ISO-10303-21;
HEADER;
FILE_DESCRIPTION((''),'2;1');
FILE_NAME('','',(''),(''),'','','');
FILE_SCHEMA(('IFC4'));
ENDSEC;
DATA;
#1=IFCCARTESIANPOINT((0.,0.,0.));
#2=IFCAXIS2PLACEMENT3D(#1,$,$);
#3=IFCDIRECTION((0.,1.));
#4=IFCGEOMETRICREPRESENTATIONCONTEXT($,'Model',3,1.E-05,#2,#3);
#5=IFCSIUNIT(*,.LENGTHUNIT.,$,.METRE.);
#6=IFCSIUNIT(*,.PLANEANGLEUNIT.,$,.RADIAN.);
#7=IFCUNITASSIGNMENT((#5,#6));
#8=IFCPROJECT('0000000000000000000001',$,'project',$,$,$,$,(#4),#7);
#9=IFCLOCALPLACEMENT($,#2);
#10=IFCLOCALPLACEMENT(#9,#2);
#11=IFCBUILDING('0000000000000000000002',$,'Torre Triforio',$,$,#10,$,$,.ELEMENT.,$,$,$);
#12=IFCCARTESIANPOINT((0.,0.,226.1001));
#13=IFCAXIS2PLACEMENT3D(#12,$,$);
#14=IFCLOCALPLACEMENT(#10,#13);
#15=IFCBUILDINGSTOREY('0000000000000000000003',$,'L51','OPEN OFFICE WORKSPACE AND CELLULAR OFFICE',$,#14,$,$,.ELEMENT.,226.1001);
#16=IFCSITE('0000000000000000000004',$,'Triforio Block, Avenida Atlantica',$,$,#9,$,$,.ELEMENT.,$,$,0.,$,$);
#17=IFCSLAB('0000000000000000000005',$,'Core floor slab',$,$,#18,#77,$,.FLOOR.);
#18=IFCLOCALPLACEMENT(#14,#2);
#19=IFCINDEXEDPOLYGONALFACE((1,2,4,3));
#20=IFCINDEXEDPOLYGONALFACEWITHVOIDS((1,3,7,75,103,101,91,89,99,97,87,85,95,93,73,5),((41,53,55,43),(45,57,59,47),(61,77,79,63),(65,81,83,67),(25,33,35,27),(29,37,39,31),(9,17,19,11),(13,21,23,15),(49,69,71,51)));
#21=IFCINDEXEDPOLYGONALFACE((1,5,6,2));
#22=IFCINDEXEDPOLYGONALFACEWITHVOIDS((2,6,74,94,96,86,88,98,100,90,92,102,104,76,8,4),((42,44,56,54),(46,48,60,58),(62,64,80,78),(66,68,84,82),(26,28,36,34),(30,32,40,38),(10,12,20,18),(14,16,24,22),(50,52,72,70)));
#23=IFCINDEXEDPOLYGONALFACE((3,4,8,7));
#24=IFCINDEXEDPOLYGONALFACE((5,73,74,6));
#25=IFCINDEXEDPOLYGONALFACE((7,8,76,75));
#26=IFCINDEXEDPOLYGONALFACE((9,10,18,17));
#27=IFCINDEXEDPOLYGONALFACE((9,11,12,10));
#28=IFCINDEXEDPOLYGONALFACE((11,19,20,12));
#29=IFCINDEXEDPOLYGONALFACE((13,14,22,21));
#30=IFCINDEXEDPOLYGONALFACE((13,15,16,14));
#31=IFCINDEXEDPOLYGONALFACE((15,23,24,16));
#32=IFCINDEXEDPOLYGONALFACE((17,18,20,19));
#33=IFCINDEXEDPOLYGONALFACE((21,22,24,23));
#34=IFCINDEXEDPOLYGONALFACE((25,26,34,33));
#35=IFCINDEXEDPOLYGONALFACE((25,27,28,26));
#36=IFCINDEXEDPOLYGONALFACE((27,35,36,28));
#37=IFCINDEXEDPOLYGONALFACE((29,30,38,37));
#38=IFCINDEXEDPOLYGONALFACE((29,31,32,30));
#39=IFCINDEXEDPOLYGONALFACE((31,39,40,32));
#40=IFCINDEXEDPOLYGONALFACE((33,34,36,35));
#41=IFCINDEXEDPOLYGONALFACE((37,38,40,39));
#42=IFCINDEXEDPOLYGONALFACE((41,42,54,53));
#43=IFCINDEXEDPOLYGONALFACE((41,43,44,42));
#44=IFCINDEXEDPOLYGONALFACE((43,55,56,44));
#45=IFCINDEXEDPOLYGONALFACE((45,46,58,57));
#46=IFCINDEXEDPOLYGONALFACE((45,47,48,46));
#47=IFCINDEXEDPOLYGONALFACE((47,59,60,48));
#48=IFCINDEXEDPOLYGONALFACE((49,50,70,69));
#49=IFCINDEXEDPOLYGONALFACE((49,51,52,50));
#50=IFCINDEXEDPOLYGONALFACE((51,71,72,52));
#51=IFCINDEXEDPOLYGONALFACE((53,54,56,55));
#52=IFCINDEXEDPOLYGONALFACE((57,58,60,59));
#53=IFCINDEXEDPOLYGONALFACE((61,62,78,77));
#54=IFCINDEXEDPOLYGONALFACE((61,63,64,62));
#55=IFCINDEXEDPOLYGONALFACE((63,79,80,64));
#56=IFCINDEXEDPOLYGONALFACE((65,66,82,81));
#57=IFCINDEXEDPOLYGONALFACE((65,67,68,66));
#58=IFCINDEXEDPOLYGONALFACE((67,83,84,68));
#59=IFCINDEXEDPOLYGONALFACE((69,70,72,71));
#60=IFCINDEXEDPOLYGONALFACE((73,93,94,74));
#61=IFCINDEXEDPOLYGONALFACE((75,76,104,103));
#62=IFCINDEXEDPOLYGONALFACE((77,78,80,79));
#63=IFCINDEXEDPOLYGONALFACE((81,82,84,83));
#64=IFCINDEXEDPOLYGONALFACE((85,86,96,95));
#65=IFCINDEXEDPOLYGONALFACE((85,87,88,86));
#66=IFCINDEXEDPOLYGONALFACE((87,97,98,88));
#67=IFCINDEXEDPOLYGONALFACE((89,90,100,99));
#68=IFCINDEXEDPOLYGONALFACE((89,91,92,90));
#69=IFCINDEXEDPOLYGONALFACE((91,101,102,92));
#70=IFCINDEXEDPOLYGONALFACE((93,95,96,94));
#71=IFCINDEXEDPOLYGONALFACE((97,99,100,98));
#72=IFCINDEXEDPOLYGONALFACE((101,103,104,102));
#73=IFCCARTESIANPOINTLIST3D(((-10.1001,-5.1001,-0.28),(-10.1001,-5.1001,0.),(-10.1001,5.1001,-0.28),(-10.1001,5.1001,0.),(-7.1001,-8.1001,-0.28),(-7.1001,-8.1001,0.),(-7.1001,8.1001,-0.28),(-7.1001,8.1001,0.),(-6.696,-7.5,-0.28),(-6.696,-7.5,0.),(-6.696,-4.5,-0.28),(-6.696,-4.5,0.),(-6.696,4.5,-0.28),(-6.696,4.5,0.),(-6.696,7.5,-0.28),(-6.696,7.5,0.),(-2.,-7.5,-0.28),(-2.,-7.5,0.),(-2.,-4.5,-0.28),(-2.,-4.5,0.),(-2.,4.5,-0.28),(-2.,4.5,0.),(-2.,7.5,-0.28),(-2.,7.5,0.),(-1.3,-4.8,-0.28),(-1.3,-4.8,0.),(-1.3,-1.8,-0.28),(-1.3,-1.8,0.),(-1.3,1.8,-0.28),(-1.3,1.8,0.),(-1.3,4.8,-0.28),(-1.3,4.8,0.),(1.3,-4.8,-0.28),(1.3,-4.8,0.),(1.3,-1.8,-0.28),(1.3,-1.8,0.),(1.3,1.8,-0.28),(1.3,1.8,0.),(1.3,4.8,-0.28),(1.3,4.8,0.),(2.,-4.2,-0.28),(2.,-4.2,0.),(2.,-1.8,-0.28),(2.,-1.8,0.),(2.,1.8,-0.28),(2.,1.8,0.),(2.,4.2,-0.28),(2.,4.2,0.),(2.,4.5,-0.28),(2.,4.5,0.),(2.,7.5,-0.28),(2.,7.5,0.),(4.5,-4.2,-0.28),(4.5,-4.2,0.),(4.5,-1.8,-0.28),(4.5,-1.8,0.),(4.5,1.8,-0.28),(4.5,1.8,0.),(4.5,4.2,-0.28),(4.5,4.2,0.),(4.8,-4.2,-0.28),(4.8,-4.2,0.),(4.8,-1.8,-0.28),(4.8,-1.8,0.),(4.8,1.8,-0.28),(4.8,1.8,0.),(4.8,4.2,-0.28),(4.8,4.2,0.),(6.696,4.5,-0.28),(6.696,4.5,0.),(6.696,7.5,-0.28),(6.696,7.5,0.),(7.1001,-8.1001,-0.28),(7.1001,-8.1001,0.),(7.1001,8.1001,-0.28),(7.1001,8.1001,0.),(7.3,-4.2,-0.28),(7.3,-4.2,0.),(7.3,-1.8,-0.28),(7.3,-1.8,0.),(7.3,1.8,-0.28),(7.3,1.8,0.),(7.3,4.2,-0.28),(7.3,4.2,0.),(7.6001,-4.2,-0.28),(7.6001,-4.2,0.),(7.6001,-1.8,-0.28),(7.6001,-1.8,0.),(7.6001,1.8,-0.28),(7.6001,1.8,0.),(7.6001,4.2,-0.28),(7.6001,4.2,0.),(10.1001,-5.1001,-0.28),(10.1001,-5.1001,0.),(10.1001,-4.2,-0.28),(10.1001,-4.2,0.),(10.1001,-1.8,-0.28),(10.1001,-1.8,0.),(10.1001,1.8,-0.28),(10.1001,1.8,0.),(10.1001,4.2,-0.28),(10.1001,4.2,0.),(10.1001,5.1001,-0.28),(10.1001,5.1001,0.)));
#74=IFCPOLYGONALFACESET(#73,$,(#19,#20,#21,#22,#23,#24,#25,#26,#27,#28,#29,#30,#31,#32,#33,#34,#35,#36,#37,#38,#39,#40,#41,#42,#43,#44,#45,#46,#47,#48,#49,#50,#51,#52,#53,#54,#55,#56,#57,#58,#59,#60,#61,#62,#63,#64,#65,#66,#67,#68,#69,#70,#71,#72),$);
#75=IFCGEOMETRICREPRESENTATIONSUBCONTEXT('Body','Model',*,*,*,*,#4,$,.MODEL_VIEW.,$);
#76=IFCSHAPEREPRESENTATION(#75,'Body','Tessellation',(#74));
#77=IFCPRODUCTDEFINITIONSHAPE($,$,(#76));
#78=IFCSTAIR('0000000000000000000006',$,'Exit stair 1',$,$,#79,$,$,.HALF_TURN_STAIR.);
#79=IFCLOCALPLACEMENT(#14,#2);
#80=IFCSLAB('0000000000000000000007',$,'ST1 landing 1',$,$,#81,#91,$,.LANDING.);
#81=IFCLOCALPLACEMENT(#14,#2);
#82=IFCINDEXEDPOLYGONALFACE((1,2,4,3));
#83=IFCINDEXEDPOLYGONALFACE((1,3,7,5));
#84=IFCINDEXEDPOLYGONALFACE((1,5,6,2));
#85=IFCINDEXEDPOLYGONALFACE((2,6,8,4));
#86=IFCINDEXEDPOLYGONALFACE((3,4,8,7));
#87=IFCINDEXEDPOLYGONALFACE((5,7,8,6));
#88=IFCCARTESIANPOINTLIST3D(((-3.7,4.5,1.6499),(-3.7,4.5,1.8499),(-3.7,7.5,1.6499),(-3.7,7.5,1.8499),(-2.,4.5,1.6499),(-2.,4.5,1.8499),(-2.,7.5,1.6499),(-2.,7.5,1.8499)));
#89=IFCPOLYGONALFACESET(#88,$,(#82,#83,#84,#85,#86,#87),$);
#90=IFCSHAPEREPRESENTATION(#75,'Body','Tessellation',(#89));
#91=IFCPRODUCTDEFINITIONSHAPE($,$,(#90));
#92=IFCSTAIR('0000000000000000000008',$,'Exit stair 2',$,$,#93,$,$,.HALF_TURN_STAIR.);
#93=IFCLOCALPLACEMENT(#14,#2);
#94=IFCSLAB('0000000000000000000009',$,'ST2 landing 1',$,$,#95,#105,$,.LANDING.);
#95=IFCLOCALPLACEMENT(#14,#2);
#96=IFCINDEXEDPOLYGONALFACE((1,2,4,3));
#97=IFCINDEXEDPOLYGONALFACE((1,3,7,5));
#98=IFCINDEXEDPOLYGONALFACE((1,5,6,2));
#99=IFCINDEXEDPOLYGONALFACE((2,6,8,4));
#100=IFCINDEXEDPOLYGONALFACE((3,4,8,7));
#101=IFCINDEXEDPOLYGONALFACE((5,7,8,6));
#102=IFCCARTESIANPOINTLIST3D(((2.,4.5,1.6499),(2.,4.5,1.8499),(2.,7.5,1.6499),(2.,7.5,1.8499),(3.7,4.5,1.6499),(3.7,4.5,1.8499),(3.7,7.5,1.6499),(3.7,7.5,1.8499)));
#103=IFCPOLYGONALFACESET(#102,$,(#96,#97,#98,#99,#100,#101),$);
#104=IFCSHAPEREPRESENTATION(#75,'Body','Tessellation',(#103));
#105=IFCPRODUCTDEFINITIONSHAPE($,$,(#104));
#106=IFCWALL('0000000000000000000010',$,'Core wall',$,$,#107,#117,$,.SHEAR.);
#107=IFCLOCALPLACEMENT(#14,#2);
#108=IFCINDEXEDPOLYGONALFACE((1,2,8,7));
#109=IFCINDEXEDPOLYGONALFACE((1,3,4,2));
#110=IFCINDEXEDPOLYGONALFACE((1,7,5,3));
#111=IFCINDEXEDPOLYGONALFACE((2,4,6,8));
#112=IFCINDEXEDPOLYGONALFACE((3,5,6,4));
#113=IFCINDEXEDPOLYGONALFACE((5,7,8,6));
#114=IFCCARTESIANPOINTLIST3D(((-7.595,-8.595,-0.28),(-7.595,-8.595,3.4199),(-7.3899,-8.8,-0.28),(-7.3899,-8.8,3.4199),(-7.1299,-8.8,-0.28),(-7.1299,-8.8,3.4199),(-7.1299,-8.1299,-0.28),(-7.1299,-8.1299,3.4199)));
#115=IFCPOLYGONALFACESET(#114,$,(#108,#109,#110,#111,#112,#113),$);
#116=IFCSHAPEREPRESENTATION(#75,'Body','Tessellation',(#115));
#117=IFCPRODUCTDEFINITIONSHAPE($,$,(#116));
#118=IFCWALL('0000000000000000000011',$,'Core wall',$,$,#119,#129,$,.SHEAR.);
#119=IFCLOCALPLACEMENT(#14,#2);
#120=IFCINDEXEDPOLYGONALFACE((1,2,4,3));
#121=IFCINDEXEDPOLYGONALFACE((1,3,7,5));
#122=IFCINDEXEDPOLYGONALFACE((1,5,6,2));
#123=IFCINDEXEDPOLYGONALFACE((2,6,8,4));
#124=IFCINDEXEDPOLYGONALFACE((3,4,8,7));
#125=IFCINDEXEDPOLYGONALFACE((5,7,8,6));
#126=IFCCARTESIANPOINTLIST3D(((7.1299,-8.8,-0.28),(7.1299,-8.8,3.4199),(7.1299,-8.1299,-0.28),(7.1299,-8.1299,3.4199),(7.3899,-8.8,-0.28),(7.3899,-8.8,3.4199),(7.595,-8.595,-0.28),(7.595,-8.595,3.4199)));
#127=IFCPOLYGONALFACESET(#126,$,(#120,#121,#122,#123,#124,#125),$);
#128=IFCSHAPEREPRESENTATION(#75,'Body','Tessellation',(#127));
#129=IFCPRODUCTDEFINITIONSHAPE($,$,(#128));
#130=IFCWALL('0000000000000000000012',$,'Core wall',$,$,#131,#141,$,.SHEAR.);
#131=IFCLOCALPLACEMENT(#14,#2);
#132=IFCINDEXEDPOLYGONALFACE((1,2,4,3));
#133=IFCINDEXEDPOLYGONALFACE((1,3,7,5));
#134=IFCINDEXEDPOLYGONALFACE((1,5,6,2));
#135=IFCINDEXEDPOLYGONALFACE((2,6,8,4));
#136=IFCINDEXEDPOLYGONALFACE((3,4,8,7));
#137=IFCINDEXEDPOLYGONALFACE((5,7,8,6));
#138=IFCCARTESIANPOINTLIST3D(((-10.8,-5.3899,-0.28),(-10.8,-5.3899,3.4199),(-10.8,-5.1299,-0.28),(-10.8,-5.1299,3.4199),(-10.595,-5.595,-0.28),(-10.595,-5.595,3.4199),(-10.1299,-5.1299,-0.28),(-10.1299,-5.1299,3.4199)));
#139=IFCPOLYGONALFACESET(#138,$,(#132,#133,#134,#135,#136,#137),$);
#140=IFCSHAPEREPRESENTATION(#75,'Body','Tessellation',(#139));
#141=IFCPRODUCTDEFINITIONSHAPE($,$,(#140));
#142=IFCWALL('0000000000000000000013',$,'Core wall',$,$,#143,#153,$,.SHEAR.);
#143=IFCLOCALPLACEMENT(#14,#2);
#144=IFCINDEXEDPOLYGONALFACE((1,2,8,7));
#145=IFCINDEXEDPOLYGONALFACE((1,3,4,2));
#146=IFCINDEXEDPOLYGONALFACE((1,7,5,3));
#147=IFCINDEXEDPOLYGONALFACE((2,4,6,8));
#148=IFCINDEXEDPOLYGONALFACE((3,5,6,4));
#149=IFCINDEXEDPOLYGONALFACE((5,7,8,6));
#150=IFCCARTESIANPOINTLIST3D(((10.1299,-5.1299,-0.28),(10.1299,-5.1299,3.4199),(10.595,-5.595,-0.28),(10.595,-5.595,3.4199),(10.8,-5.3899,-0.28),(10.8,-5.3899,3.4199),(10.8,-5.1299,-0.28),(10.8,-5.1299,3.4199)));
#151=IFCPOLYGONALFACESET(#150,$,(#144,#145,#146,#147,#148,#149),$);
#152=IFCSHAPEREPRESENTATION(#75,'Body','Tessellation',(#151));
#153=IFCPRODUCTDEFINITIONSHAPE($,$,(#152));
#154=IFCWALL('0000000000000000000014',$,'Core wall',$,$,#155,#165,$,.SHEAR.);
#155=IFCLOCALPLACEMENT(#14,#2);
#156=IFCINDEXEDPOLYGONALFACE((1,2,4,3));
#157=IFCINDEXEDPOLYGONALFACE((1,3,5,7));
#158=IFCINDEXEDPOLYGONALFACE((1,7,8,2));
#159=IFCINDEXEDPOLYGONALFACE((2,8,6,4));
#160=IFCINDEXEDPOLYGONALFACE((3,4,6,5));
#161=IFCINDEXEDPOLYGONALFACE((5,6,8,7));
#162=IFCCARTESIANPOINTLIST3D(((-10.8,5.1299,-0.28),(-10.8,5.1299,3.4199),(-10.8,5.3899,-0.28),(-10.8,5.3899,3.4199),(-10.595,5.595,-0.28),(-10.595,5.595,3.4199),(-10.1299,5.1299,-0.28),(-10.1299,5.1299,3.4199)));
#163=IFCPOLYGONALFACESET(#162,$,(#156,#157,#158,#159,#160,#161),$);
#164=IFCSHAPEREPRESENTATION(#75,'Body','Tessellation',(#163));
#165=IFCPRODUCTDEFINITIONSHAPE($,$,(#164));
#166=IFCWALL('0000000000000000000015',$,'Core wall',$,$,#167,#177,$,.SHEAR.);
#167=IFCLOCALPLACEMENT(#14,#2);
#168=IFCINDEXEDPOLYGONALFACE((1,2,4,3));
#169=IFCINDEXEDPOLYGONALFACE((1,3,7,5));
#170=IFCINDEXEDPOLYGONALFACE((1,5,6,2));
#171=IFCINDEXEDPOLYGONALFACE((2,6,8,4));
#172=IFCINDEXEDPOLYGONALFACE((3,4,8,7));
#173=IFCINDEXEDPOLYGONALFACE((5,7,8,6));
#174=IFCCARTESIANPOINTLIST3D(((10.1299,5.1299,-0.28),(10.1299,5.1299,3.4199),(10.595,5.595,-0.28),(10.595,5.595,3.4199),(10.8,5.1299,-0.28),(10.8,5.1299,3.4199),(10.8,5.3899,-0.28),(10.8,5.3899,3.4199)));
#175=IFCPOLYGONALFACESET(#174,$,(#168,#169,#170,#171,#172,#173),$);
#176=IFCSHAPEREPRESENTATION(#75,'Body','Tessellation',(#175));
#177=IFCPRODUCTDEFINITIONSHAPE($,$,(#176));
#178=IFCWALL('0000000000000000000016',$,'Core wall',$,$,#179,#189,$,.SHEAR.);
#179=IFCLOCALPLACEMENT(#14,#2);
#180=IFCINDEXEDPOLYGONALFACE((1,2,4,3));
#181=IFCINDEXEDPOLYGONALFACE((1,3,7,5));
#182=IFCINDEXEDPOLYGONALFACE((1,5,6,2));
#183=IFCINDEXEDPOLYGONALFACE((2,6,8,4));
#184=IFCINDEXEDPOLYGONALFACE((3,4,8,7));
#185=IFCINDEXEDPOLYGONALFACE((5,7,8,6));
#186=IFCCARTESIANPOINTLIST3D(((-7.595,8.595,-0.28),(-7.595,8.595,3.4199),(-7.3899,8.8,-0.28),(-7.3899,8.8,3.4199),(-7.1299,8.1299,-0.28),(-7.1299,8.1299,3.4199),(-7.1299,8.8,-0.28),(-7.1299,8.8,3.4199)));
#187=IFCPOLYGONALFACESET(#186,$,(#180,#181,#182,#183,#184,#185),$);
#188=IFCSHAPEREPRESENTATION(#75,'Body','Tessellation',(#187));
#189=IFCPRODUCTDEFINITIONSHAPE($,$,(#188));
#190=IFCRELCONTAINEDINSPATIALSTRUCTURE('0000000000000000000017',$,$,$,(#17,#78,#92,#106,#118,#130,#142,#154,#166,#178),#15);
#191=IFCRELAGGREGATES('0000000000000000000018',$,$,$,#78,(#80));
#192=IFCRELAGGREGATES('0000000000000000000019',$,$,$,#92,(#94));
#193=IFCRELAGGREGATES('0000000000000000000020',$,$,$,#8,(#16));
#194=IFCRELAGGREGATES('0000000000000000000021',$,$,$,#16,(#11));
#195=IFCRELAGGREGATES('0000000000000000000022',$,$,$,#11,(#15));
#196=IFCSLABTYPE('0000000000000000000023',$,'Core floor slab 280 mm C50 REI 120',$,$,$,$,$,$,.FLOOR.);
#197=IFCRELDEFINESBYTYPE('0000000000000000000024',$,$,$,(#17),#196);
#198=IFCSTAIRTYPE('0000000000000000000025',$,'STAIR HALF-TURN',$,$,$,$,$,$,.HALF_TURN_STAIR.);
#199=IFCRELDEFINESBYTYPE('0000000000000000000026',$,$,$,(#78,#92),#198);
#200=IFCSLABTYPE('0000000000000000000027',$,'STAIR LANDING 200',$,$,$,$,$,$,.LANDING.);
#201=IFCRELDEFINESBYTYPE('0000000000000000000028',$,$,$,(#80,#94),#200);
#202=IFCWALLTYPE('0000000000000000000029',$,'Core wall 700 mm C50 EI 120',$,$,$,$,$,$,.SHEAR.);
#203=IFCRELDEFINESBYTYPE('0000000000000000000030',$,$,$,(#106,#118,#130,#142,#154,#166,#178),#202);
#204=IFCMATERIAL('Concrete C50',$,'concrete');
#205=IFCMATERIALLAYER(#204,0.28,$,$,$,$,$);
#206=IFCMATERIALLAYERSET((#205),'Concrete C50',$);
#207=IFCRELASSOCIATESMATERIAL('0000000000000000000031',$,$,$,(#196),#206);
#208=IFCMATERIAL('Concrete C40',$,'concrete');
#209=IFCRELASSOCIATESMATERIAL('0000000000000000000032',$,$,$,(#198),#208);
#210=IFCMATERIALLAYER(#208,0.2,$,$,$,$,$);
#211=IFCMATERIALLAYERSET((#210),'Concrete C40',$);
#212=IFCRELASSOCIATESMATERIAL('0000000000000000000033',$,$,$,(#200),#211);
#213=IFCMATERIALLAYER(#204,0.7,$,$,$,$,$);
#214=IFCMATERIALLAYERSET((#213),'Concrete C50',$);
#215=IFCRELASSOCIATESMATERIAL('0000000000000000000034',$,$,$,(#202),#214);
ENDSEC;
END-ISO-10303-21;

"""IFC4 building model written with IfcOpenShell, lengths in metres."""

from ifc_helpers import new_model, si_unit, direction, frame, origin, place, context, subcontext, project, spatial, polyline, outline, extrude, material, layer, layer_set, type_object, element, aggregate, save


model = new_model("IFC4")

# Units and contexts
model_context = context("Model", 3, precision=1e-05, world=origin(), true_north=direction((0.0, 1.0)))
body_context = subcontext(model_context, "Body", "Model", "MODEL_VIEW")
ifc_project = project(units=[si_unit("LENGTHUNIT", "METRE"), si_unit("PLANEANGLEUNIT", "RADIAN")], contexts=[model_context])

# Site, building, storey
site_placement = place(None, origin())
site = spatial("IfcSite", under=ifc_project, at=site_placement, Name="Triforio Block, Avenida Atlantica", CompositionType="ELEMENT", RefElevation=0.0)
building_placement = place(site_placement, origin())
building = spatial("IfcBuilding", under=site, at=building_placement, Name="Torre Triforio", CompositionType="ELEMENT")
storey_placement = place(building_placement, frame((0.0, 0.0, 226.1001)))
storey = spatial("IfcBuildingStorey", under=building, at=storey_placement, Name="L51", Description="OPEN OFFICE WORKSPACE AND CELLULAR OFFICE", CompositionType="ELEMENT", Elevation=226.1001)

# Slab
ifc_material_1 = material(Name="Concrete C50", Category="concrete")
ifc_layer_1 = layer(ifc_material_1, 0.28)
ifc_layer_set_1 = layer_set([ifc_layer_1], Name="Concrete C50")
slab_type_1 = type_object("IfcSlabType", Name="Core floor slab 280 mm C50 REI 120", PredefinedType="FLOOR", material=ifc_layer_set_1)
slab_1_placement = place(storey_placement, frame((0.0, 0.0, -0.28)))
element("IfcSlab", 1, at=slab_1_placement, inside=storey, type_object=slab_type_1, Name="Core floor slab", PredefinedType="FLOOR", context=body_context, shape_type="SweptSolid", body=[
    extrude(outline(polyline([(10.1001, -5.1001), (7.1001, -8.1001), (-7.1001, -8.1001), (-10.1001, -5.1001), (-10.1001, 5.1001), (-7.1001, 8.1001), (7.1001, 8.1001), (10.1001, 5.1001), (10.1001, 4.2), (7.6001, 4.2), (7.6001, 1.8), (10.1001, 1.8), (10.1001, -1.8), (7.6001, -1.8), (7.6001, -4.2), (10.1001, -4.2), (10.1001, -5.1001)]), holes=[polyline([(-6.696, -4.5), (-6.696, -7.5), (-2.0, -7.5), (-2.0, -4.5), (-6.696, -4.5)]), polyline([(-1.3, -1.8), (-1.3, -4.8), (1.3, -4.8), (1.3, -1.8), (-1.3, -1.8)]), polyline([(2.0, -1.8), (2.0, -4.2), (4.5, -4.2), (4.5, -1.8), (2.0, -1.8)]), polyline([(4.5, 4.2), (2.0, 4.2), (2.0, 1.8), (4.5, 1.8), (4.5, 4.2)]), polyline([(1.3, 4.8), (-1.3, 4.8), (-1.3, 1.8), (1.3, 1.8), (1.3, 4.8)]), polyline([(-6.696, 7.5), (-6.696, 4.5), (-2.0, 4.5), (-2.0, 7.5), (-6.696, 7.5)]), polyline([(7.3, -1.8), (4.8, -1.8), (4.8, -4.2), (7.3, -4.2), (7.3, -1.8)]), polyline([(4.8, 4.2), (4.8, 1.8), (7.3, 1.8), (7.3, 4.2), (4.8, 4.2)]), polyline([(6.696, 7.5), (2.0, 7.5), (2.0, 4.5), (6.696, 4.5), (6.696, 7.5)])]), origin(), (0.0, 0.0, 1.0), 0.28),
])

# Stairs, slabs
ifc_material_2 = material(Name="Concrete C40", Category="concrete")
stair_type = type_object("IfcStairType", Name="STAIR HALF-TURN", PredefinedType="HALF_TURN_STAIR", material=ifc_material_2)
stair_1_placement = place(storey_placement, origin())
stair_1 = element("IfcStair", 2, at=stair_1_placement, inside=storey, type_object=stair_type, Name="Exit stair 1", PredefinedType="HALF_TURN_STAIR")
ifc_layer_2 = layer(ifc_material_2, 0.2)
ifc_layer_set_2 = layer_set([ifc_layer_2], Name="Concrete C40")
slab_type_2 = type_object("IfcSlabType", Name="STAIR LANDING 200", PredefinedType="LANDING", material=ifc_layer_set_2)
slab_2_placement = place(storey_placement, frame((0.0, 0.0, 1.6499)))
slab_2 = element("IfcSlab", 3, at=slab_2_placement, type_object=slab_type_2, Name="ST1 landing 1", PredefinedType="LANDING", context=body_context, shape_type="SweptSolid", body=[
    extrude(outline(polyline([(-2.0, 4.5), (-2.0, 7.5), (-3.7, 7.5), (-3.7, 4.5), (-2.0, 4.5)])), origin(), (0.0, 0.0, 1.0), 0.2),
])
aggregate(stair_1, [slab_2])
stair_2_placement = place(storey_placement, origin())
stair_2 = element("IfcStair", 4, at=stair_2_placement, inside=storey, type_object=stair_type, Name="Exit stair 2", PredefinedType="HALF_TURN_STAIR")
slab_3_placement = place(storey_placement, frame((0.0, 0.0, 1.6499)))
slab_3 = element("IfcSlab", 5, at=slab_3_placement, type_object=slab_type_2, Name="ST2 landing 1", PredefinedType="LANDING", context=body_context, shape_type="SweptSolid", body=[
    extrude(outline(polyline([(3.7, 4.5), (3.7, 7.5), (2.0, 7.5), (2.0, 4.5), (3.7, 4.5)])), origin(), (0.0, 0.0, 1.0), 0.2),
])
aggregate(stair_2, [slab_3])

# Walls
ifc_layer_3 = layer(ifc_material_1, 0.7)
ifc_layer_set_3 = layer_set([ifc_layer_3], Name="Concrete C50")
wall_type_1 = type_object("IfcWallType", Name="Core wall 700 mm C50 EI 120", PredefinedType="SHEAR", material=ifc_layer_set_3)
wall_1_placement = place(storey_placement, frame((0.0, 0.0, -0.28)))
element("IfcWall", 6, at=wall_1_placement, inside=storey, type_object=wall_type_1, Name="Core wall", PredefinedType="SHEAR", context=body_context, shape_type="SweptSolid", body=[
    extrude(outline(polyline([(-7.3899, -8.8), (-7.595, -8.595), (-7.595, -8.595), (-7.595, -8.595), (-7.1299, -8.1299), (-7.1299, -8.8), (-7.1299, -8.8), (-7.3899, -8.8)])), origin(), (0.0, 0.0, 1.0), 3.7),
])
wall_2_placement = place(storey_placement, frame((0.0, 0.0, -0.28)))
element("IfcWall", 7, at=wall_2_placement, inside=storey, type_object=wall_type_1, Name="Core wall", PredefinedType="SHEAR", context=body_context, shape_type="SweptSolid", body=[
    extrude(outline(polyline([(7.3899, -8.8), (7.1299, -8.8), (7.1299, -8.8), (7.1299, -8.1299), (7.595, -8.595), (7.595, -8.595), (7.595, -8.595), (7.3899, -8.8)])), origin(), (0.0, 0.0, 1.0), 3.7),
])
wall_3_placement = place(storey_placement, frame((0.0, 0.0, -0.28)))
element("IfcWall", 8, at=wall_3_placement, inside=storey, type_object=wall_type_1, Name="Core wall", PredefinedType="SHEAR", context=body_context, shape_type="SweptSolid", body=[
    extrude(outline(polyline([(-10.8, -5.3899), (-10.8, -5.1299), (-10.8, -5.1299), (-10.1299, -5.1299), (-10.595, -5.595), (-10.595, -5.595), (-10.595, -5.595), (-10.8, -5.3899)])), origin(), (0.0, 0.0, 1.0), 3.7),
])
wall_4_placement = place(storey_placement, frame((0.0, 0.0, -0.28)))
element("IfcWall", 9, at=wall_4_placement, inside=storey, type_object=wall_type_1, Name="Core wall", PredefinedType="SHEAR", context=body_context, shape_type="SweptSolid", body=[
    extrude(outline(polyline([(10.8, -5.3899), (10.595, -5.595), (10.595, -5.595), (10.595, -5.595), (10.1299, -5.1299), (10.8, -5.1299), (10.8, -5.1299), (10.8, -5.3899)])), origin(), (0.0, 0.0, 1.0), 3.7),
])
wall_5_placement = place(storey_placement, frame((0.0, 0.0, -0.28)))
element("IfcWall", 10, at=wall_5_placement, inside=storey, type_object=wall_type_1, Name="Core wall", PredefinedType="SHEAR", context=body_context, shape_type="SweptSolid", body=[
    extrude(outline(polyline([(-10.595, 5.595), (-10.595, 5.595), (-10.595, 5.595), (-10.1299, 5.1299), (-10.8, 5.1299), (-10.8, 5.1299), (-10.8, 5.3899), (-10.595, 5.595)])), origin(), (0.0, 0.0, 1.0), 3.7),
])
wall_6_placement = place(storey_placement, frame((0.0, 0.0, -0.28)))
element("IfcWall", 11, at=wall_6_placement, inside=storey, type_object=wall_type_1, Name="Core wall", PredefinedType="SHEAR", context=body_context, shape_type="SweptSolid", body=[
    extrude(outline(polyline([(10.8, 5.3899), (10.8, 5.1299), (10.8, 5.1299), (10.1299, 5.1299), (10.595, 5.595), (10.595, 5.595), (10.595, 5.595), (10.8, 5.3899)])), origin(), (0.0, 0.0, 1.0), 3.7),
])
wall_7_placement = place(storey_placement, frame((0.0, 0.0, -0.28)))
element("IfcWall", 12, at=wall_7_placement, inside=storey, type_object=wall_type_1, Name="Core wall", PredefinedType="SHEAR", context=body_context, shape_type="SweptSolid", body=[
    extrude(outline(polyline([(-7.3899, 8.8), (-7.1299, 8.8), (-7.1299, 8.8), (-7.1299, 8.1299), (-7.595, 8.595), (-7.595, 8.595), (-7.595, 8.595), (-7.3899, 8.8)])), origin(), (0.0, 0.0, 1.0), 3.7),
])

save(model, "model.ifc")
